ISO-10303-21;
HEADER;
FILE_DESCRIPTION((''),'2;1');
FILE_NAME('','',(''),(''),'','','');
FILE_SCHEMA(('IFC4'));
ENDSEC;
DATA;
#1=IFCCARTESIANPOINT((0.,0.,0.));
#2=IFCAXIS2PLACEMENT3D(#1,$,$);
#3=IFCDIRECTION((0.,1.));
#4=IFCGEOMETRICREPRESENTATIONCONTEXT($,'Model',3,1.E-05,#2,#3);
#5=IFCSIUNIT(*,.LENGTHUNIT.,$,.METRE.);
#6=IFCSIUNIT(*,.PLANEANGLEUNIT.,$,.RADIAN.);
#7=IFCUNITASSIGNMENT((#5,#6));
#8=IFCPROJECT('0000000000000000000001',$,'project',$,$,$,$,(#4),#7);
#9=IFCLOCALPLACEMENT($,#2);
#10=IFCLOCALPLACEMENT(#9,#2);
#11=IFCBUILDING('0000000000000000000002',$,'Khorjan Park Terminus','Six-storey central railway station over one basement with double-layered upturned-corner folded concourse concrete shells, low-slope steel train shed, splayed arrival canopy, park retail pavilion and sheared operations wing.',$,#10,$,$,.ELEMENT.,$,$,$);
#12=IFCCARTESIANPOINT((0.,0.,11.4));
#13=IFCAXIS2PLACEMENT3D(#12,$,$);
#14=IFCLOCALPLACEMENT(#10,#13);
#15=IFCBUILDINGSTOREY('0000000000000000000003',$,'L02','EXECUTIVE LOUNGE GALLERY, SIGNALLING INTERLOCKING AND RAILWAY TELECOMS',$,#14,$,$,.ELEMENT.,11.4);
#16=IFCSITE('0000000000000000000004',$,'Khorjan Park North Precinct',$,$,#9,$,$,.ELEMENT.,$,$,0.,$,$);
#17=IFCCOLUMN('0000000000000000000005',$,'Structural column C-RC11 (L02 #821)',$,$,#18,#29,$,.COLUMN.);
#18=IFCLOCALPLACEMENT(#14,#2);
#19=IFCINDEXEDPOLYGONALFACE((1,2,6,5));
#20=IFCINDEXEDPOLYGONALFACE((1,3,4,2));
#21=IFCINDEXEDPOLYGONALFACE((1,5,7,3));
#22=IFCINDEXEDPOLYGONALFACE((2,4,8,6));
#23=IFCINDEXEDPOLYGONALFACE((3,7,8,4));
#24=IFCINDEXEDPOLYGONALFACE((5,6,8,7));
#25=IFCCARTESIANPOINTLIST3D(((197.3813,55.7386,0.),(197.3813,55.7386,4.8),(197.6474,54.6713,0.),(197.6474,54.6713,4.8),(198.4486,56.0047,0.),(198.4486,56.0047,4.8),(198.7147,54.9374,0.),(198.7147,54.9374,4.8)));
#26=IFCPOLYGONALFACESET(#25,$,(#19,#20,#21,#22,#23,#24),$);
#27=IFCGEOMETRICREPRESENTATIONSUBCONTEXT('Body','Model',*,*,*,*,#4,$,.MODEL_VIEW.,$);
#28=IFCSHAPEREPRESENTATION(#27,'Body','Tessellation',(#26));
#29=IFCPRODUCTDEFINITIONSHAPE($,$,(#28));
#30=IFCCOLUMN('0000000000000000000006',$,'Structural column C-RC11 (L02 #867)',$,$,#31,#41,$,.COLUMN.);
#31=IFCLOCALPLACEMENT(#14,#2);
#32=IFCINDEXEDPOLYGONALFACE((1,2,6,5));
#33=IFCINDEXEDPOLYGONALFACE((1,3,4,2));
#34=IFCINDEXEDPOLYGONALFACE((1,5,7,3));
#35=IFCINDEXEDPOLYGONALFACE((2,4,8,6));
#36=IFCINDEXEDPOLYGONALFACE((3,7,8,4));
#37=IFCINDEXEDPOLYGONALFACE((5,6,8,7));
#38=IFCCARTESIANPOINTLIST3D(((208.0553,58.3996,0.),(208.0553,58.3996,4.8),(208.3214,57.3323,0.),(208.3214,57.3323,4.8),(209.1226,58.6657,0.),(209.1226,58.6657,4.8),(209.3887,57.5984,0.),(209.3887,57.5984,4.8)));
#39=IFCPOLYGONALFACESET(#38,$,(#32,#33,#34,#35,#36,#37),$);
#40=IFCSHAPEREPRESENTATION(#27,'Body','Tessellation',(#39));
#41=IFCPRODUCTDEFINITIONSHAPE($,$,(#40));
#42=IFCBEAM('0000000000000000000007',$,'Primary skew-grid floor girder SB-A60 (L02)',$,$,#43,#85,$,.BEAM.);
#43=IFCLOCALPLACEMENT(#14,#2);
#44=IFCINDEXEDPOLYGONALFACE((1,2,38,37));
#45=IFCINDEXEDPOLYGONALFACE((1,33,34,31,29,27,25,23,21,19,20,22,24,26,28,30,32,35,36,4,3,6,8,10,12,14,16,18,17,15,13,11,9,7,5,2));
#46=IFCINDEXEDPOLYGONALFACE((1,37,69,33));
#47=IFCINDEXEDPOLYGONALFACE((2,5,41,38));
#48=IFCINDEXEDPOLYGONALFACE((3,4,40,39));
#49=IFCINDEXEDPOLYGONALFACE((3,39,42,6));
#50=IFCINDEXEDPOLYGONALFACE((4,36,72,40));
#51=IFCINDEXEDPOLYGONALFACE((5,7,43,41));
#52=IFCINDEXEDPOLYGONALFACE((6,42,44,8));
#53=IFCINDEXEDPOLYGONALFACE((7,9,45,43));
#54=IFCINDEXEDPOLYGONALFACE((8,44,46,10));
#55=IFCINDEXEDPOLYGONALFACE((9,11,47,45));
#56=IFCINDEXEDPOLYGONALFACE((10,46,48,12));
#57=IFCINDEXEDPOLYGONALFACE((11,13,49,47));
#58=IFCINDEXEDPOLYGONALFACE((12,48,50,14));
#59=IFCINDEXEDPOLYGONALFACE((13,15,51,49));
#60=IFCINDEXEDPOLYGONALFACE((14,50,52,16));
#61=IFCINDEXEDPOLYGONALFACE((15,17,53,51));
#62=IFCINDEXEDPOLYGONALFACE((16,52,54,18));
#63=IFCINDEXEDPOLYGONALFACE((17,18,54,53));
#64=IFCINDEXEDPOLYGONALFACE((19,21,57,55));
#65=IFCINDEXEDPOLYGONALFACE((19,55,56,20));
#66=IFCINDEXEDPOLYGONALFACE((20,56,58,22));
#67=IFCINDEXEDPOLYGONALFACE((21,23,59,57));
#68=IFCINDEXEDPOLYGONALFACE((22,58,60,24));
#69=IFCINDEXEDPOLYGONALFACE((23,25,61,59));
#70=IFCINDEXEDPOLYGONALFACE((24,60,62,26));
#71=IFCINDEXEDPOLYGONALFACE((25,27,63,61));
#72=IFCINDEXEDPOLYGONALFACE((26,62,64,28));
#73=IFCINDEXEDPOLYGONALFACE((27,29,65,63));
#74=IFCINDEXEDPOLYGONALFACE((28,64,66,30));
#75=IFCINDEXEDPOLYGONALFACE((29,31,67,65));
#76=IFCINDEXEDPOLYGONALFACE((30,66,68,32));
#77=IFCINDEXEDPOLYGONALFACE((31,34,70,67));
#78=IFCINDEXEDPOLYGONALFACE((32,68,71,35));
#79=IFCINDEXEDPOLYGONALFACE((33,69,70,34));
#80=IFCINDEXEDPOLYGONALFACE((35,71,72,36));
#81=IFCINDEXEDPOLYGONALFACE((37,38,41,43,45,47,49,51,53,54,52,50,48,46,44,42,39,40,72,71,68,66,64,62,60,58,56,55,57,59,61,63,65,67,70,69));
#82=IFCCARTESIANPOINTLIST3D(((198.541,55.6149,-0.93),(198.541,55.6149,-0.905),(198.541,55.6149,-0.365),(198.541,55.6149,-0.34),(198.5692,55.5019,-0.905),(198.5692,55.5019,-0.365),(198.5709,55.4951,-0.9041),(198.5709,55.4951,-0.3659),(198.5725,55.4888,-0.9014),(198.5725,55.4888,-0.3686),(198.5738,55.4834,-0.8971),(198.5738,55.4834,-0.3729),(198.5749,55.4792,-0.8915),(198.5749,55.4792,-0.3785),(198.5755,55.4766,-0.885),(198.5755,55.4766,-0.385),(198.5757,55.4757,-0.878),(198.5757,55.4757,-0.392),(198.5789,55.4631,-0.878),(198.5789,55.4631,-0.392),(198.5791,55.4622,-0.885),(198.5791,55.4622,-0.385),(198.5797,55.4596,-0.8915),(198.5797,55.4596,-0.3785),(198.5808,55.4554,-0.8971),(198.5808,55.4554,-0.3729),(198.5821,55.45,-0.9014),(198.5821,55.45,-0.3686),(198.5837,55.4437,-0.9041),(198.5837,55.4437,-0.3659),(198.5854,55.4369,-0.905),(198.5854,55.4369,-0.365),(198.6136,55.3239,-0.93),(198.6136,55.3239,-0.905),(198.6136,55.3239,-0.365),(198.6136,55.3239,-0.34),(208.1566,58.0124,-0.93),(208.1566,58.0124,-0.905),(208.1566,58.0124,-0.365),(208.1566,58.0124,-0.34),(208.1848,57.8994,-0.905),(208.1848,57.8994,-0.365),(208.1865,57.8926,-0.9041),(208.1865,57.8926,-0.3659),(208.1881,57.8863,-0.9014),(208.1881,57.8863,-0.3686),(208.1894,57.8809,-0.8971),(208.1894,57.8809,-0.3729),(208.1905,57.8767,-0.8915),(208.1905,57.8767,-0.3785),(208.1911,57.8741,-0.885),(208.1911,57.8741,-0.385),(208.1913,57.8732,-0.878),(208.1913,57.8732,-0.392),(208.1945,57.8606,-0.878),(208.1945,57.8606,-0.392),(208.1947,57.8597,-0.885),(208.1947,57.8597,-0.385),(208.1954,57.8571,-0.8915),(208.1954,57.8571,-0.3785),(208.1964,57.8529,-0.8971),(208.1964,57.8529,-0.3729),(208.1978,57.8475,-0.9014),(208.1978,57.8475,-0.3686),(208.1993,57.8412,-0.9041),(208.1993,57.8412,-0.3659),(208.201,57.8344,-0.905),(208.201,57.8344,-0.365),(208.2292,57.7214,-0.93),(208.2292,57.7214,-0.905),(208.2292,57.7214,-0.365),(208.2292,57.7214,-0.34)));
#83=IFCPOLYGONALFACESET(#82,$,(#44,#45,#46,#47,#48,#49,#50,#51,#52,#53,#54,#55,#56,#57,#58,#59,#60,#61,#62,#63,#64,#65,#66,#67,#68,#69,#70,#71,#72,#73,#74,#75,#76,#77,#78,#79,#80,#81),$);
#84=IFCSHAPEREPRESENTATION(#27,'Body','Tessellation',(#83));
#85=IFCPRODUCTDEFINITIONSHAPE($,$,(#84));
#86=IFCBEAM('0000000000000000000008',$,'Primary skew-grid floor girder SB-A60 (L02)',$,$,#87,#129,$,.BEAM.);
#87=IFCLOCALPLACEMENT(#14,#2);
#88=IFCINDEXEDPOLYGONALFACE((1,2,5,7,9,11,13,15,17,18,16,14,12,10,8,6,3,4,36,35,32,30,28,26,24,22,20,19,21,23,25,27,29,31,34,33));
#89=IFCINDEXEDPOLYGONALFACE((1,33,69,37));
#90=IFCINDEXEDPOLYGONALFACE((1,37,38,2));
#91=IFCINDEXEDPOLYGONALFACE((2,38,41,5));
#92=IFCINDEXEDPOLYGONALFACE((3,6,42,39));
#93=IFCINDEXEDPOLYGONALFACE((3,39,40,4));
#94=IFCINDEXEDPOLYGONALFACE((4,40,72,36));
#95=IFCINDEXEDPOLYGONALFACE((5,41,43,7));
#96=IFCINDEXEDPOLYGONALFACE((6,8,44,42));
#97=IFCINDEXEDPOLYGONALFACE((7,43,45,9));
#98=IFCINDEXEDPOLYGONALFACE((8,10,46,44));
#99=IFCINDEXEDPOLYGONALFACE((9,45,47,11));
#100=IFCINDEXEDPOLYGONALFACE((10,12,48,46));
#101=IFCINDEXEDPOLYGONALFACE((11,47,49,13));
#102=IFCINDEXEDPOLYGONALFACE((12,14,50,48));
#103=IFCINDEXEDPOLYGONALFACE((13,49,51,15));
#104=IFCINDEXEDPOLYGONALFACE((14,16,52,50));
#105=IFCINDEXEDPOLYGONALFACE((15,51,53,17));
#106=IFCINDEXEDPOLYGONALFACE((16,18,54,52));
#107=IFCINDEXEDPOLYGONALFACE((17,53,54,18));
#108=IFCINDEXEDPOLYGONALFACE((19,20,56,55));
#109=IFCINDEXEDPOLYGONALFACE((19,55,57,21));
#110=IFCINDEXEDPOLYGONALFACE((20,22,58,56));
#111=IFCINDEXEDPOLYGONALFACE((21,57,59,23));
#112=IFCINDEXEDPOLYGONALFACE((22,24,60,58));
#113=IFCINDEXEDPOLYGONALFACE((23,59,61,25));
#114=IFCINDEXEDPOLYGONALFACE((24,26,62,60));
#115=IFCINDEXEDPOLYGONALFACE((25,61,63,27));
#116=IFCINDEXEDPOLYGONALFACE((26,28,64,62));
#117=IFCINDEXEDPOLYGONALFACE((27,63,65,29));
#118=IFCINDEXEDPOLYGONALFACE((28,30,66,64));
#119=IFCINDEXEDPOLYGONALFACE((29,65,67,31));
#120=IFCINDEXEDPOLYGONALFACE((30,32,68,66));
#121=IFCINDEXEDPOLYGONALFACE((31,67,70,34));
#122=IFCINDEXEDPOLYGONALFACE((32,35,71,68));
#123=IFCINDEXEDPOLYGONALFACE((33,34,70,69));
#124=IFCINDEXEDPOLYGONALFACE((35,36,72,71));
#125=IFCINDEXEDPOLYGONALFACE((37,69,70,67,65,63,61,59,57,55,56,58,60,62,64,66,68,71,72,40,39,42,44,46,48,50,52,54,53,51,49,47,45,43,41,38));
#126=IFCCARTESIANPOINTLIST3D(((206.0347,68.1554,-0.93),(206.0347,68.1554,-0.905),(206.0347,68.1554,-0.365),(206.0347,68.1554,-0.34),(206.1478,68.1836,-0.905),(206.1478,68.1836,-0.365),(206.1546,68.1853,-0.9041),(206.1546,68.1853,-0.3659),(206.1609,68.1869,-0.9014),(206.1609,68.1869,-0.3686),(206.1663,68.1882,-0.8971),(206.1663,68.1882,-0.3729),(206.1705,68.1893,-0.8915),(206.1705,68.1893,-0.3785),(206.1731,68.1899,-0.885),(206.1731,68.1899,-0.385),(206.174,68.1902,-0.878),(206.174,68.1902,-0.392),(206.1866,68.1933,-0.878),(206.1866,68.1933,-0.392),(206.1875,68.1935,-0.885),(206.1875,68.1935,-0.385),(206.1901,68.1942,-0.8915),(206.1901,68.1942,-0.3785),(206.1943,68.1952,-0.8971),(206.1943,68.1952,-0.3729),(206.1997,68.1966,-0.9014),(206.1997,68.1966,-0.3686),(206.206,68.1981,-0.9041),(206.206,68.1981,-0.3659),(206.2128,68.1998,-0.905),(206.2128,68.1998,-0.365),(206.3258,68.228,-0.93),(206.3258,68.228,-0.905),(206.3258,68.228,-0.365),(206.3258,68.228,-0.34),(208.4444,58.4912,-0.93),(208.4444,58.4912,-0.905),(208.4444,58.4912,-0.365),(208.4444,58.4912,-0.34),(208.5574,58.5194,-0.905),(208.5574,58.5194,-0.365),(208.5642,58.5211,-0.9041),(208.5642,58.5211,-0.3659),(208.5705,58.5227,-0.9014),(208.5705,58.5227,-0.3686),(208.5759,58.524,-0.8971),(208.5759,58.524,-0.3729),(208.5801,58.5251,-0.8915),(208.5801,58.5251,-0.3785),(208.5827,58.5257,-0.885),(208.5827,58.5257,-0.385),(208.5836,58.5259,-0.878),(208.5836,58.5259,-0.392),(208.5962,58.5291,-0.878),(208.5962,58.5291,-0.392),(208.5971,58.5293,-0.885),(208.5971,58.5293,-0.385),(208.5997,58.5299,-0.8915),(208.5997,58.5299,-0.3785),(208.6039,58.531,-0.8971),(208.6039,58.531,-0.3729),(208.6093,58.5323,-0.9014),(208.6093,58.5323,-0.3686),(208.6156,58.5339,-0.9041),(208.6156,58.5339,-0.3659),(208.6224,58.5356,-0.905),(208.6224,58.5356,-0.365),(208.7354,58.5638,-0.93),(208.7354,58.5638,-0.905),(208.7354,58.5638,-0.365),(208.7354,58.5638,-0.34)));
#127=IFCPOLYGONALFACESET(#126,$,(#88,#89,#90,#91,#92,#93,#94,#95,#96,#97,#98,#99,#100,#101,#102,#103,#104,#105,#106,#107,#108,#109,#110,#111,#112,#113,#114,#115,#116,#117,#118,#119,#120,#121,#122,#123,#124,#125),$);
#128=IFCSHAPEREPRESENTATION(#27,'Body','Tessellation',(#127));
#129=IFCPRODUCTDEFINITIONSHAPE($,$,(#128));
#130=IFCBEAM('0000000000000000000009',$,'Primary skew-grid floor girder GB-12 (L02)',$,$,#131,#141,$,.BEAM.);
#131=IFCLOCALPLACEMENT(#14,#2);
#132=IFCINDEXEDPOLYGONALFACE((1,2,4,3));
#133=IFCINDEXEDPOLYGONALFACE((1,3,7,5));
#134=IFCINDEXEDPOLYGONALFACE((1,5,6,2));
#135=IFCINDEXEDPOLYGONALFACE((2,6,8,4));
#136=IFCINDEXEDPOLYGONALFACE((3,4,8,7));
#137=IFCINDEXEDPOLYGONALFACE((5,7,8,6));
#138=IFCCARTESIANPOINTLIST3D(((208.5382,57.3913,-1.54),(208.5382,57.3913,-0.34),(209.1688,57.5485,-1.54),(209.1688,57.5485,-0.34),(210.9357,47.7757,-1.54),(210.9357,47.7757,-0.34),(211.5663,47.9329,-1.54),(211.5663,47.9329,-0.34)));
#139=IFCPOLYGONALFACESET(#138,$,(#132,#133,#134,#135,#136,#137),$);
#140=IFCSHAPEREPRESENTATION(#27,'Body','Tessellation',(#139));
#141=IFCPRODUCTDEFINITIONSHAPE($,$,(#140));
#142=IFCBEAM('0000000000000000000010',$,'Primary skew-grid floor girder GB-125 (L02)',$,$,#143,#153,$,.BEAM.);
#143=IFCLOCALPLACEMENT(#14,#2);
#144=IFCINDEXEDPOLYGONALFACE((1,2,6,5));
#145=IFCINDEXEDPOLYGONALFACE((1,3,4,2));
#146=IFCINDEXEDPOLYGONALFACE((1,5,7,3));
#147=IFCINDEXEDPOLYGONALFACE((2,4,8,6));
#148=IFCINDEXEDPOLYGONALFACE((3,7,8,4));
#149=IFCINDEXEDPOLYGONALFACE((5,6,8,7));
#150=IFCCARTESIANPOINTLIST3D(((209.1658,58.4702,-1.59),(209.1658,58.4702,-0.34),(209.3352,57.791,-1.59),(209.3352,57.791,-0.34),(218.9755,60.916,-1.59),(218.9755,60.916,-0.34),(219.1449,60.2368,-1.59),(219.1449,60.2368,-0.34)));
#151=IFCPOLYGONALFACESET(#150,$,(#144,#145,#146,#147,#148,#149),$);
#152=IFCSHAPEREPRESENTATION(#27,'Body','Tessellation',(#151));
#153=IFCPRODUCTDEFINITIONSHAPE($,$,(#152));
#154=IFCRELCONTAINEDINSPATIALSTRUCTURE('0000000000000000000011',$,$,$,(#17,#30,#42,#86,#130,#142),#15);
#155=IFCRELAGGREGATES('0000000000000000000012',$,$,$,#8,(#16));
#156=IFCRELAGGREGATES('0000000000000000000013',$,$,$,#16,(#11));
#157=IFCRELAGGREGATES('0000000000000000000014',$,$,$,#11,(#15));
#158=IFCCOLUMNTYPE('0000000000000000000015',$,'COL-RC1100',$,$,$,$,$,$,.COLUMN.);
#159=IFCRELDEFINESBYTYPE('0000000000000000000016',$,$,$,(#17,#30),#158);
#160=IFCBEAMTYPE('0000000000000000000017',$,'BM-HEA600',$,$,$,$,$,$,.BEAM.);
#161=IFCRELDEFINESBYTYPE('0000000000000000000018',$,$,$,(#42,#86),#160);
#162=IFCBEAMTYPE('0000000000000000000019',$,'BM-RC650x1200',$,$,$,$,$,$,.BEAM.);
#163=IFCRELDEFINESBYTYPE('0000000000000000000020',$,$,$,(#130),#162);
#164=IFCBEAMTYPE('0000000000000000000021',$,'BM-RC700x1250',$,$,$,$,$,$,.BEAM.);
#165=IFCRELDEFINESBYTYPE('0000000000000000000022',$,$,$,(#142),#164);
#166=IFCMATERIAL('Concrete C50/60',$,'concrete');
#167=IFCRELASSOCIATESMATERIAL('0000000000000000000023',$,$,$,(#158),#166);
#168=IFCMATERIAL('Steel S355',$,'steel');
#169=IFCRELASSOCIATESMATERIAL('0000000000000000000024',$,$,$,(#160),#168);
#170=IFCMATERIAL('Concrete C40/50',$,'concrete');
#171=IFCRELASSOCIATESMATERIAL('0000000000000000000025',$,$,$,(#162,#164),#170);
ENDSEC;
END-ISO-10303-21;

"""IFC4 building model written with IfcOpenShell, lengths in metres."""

from ifc_helpers import new_model, si_unit, direction, frame, origin, origin_2d, place, context, subcontext, project, spatial, rectangle, i_section, extrude, material, material_profile, profile_set, type_object, element, save


model = new_model("IFC4")

# Units and contexts
model_context = context("Model", 3, precision=1e-05, world=origin(), true_north=direction((0.0, 1.0)))
body_context = subcontext(model_context, "Body", "Model", "MODEL_VIEW")
ifc_project = project(units=[si_unit("LENGTHUNIT", "METRE"), si_unit("PLANEANGLEUNIT", "RADIAN")], contexts=[model_context])

# Site, building, storey
site_placement = place(None, origin())
site = spatial("IfcSite", under=ifc_project, at=site_placement, Name="Khorjan Park North Precinct", CompositionType="ELEMENT", RefElevation=0.0)
building_placement = place(site_placement, origin())
building = spatial("IfcBuilding", under=site, at=building_placement, Name="Khorjan Park Terminus", Description="Six-storey central railway station over one basement with double-layered upturned-corner folded concourse concrete shells, low-slope steel train shed, splayed arrival canopy, park retail pavilion and sheared operations wing.", CompositionType="ELEMENT")
storey_placement = place(building_placement, frame((0.0, 0.0, 11.4)))
storey = spatial("IfcBuildingStorey", under=building, at=storey_placement, Name="L02", Description="EXECUTIVE LOUNGE GALLERY, SIGNALLING INTERLOCKING AND RAILWAY TELECOMS", CompositionType="ELEMENT", Elevation=11.4)

# Columns
ifc_material_1 = material(Name="Concrete C50/60", Category="concrete")
ifc_material_profile_1 = material_profile(ifc_material_1, rectangle(XDim=1.1, YDim=1.1, at=origin_2d()), Name="RC 1100x1100")
ifc_profile_set_1 = profile_set([ifc_material_profile_1], Name="Concrete C50/60")
column_type = type_object("IfcColumnType", Name="COL-RC1100", PredefinedType="COLUMN", material=ifc_profile_set_1)
for number, where, z_axis, x_axis, name in (
    (1, (198.048, 55.338, 0.0), (0.0, 0.0, 1.0), (0.970296, 0.241922, 0.0), "Structural column C-RC11 (L02 #821)"),
    (2, (208.722, 57.999, 0.0), (0.0, 0.0, 1.0), (0.970296, 0.241922, 0.0), "Structural column C-RC11 (L02 #867)"),
):
    element("IfcColumn", number, at=place(storey_placement, frame(where, z_axis=z_axis, x_axis=x_axis)), inside=storey, type_object=column_type, Name=name, PredefinedType="COLUMN", context=body_context, shape_type="SweptSolid", body=[
        extrude(rectangle(XDim=1.1, YDim=1.1, at=origin_2d()), origin(), (0.0, 0.0, 1.0), 4.8),
    ])

# Beams
ifc_material_2 = material(Name="Steel S355", Category="steel")
ifc_material_profile_2 = material_profile(ifc_material_2, i_section(OverallWidth=0.3, OverallDepth=0.59, WebThickness=0.013, FlangeThickness=0.025, FilletRadius=0.027, at=origin_2d()), Name="HEA 600")
ifc_profile_set_2 = profile_set([ifc_material_profile_2], Name="Steel S355")
beam_type_1 = type_object("IfcBeamType", Name="BM-HEA600", PredefinedType="BEAM", material=ifc_profile_set_2)
beam_1_placement = place(storey_placement, frame((198.5773, 55.4694, -0.635), z_axis=(0.970294, 0.241928, 0.0), x_axis=(-0.241928, 0.970294, 0.0)))
element("IfcBeam", 3, at=beam_1_placement, inside=storey, type_object=beam_type_1, Name="Primary skew-grid floor girder SB-A60 (L02)", PredefinedType="BEAM", context=body_context, shape_type="SweptSolid", body=[
    extrude(i_section(OverallWidth=0.3, OverallDepth=0.59, WebThickness=0.013, FlangeThickness=0.025, FilletRadius=0.027, at=origin_2d()), origin(), (0.0, 0.0, 1.0), 9.91),
])
beam_2_placement = place(storey_placement, frame((208.5899, 58.5275, -0.635), z_axis=(-0.241926, 0.970295, 0.0), x_axis=(-0.970295, -0.241926, 0.0)))
element("IfcBeam", 4, at=beam_2_placement, inside=storey, type_object=beam_type_1, Name="Primary skew-grid floor girder SB-A60 (L02)", PredefinedType="BEAM", context=body_context, shape_type="SweptSolid", body=[
    extrude(i_section(OverallWidth=0.3, OverallDepth=0.59, WebThickness=0.013, FlangeThickness=0.025, FilletRadius=0.027, at=origin_2d()), origin(), (0.0, 0.0, 1.0), 9.9601),
])
ifc_material_3 = material(Name="Concrete C40/50", Category="concrete")
ifc_material_profile_3 = material_profile(ifc_material_3, rectangle(XDim=0.65, YDim=1.2, at=origin_2d()), Name="RC 650x1200")
ifc_profile_set_3 = profile_set([ifc_material_profile_3], Name="Concrete C40/50")
beam_type_2 = type_object("IfcBeamType", Name="BM-RC650x1200", PredefinedType="BEAM", material=ifc_profile_set_3)
beam_3_placement = place(storey_placement, frame((211.251, 47.8543, -0.94), z_axis=(-0.241928, 0.970294, 0.0), x_axis=(-0.970294, -0.241928, 0.0)))
element("IfcBeam", 5, at=beam_3_placement, inside=storey, type_object=beam_type_2, Name="Primary skew-grid floor girder GB-12 (L02)", PredefinedType="BEAM", context=body_context, shape_type="SweptSolid", body=[
    extrude(rectangle(XDim=0.65, YDim=1.2, at=origin_2d()), origin(), (0.0, 0.0, 1.0), 9.91),
])
ifc_material_profile_4 = material_profile(ifc_material_3, rectangle(XDim=0.7, YDim=1.25, at=origin_2d()), Name="RC 700x1250")
ifc_profile_set_4 = profile_set([ifc_material_profile_4], Name="Concrete C40/50")
beam_type_3 = type_object("IfcBeamType", Name="BM-RC700x1250", PredefinedType="BEAM", material=ifc_profile_set_4)
beam_4_placement = place(storey_placement, frame((209.2505, 58.1306, -0.965), z_axis=(0.970296, 0.241919, 0.0), x_axis=(-0.241919, 0.970296, 0.0)))
element("IfcBeam", 6, at=beam_4_placement, inside=storey, type_object=beam_type_3, Name="Primary skew-grid floor girder GB-125 (L02)", PredefinedType="BEAM", context=body_context, shape_type="SweptSolid", body=[
    extrude(rectangle(XDim=0.7, YDim=1.25, at=origin_2d()), origin(), (0.0, 0.0, 1.0), 10.11),
])

save(model, "model.ifc")
